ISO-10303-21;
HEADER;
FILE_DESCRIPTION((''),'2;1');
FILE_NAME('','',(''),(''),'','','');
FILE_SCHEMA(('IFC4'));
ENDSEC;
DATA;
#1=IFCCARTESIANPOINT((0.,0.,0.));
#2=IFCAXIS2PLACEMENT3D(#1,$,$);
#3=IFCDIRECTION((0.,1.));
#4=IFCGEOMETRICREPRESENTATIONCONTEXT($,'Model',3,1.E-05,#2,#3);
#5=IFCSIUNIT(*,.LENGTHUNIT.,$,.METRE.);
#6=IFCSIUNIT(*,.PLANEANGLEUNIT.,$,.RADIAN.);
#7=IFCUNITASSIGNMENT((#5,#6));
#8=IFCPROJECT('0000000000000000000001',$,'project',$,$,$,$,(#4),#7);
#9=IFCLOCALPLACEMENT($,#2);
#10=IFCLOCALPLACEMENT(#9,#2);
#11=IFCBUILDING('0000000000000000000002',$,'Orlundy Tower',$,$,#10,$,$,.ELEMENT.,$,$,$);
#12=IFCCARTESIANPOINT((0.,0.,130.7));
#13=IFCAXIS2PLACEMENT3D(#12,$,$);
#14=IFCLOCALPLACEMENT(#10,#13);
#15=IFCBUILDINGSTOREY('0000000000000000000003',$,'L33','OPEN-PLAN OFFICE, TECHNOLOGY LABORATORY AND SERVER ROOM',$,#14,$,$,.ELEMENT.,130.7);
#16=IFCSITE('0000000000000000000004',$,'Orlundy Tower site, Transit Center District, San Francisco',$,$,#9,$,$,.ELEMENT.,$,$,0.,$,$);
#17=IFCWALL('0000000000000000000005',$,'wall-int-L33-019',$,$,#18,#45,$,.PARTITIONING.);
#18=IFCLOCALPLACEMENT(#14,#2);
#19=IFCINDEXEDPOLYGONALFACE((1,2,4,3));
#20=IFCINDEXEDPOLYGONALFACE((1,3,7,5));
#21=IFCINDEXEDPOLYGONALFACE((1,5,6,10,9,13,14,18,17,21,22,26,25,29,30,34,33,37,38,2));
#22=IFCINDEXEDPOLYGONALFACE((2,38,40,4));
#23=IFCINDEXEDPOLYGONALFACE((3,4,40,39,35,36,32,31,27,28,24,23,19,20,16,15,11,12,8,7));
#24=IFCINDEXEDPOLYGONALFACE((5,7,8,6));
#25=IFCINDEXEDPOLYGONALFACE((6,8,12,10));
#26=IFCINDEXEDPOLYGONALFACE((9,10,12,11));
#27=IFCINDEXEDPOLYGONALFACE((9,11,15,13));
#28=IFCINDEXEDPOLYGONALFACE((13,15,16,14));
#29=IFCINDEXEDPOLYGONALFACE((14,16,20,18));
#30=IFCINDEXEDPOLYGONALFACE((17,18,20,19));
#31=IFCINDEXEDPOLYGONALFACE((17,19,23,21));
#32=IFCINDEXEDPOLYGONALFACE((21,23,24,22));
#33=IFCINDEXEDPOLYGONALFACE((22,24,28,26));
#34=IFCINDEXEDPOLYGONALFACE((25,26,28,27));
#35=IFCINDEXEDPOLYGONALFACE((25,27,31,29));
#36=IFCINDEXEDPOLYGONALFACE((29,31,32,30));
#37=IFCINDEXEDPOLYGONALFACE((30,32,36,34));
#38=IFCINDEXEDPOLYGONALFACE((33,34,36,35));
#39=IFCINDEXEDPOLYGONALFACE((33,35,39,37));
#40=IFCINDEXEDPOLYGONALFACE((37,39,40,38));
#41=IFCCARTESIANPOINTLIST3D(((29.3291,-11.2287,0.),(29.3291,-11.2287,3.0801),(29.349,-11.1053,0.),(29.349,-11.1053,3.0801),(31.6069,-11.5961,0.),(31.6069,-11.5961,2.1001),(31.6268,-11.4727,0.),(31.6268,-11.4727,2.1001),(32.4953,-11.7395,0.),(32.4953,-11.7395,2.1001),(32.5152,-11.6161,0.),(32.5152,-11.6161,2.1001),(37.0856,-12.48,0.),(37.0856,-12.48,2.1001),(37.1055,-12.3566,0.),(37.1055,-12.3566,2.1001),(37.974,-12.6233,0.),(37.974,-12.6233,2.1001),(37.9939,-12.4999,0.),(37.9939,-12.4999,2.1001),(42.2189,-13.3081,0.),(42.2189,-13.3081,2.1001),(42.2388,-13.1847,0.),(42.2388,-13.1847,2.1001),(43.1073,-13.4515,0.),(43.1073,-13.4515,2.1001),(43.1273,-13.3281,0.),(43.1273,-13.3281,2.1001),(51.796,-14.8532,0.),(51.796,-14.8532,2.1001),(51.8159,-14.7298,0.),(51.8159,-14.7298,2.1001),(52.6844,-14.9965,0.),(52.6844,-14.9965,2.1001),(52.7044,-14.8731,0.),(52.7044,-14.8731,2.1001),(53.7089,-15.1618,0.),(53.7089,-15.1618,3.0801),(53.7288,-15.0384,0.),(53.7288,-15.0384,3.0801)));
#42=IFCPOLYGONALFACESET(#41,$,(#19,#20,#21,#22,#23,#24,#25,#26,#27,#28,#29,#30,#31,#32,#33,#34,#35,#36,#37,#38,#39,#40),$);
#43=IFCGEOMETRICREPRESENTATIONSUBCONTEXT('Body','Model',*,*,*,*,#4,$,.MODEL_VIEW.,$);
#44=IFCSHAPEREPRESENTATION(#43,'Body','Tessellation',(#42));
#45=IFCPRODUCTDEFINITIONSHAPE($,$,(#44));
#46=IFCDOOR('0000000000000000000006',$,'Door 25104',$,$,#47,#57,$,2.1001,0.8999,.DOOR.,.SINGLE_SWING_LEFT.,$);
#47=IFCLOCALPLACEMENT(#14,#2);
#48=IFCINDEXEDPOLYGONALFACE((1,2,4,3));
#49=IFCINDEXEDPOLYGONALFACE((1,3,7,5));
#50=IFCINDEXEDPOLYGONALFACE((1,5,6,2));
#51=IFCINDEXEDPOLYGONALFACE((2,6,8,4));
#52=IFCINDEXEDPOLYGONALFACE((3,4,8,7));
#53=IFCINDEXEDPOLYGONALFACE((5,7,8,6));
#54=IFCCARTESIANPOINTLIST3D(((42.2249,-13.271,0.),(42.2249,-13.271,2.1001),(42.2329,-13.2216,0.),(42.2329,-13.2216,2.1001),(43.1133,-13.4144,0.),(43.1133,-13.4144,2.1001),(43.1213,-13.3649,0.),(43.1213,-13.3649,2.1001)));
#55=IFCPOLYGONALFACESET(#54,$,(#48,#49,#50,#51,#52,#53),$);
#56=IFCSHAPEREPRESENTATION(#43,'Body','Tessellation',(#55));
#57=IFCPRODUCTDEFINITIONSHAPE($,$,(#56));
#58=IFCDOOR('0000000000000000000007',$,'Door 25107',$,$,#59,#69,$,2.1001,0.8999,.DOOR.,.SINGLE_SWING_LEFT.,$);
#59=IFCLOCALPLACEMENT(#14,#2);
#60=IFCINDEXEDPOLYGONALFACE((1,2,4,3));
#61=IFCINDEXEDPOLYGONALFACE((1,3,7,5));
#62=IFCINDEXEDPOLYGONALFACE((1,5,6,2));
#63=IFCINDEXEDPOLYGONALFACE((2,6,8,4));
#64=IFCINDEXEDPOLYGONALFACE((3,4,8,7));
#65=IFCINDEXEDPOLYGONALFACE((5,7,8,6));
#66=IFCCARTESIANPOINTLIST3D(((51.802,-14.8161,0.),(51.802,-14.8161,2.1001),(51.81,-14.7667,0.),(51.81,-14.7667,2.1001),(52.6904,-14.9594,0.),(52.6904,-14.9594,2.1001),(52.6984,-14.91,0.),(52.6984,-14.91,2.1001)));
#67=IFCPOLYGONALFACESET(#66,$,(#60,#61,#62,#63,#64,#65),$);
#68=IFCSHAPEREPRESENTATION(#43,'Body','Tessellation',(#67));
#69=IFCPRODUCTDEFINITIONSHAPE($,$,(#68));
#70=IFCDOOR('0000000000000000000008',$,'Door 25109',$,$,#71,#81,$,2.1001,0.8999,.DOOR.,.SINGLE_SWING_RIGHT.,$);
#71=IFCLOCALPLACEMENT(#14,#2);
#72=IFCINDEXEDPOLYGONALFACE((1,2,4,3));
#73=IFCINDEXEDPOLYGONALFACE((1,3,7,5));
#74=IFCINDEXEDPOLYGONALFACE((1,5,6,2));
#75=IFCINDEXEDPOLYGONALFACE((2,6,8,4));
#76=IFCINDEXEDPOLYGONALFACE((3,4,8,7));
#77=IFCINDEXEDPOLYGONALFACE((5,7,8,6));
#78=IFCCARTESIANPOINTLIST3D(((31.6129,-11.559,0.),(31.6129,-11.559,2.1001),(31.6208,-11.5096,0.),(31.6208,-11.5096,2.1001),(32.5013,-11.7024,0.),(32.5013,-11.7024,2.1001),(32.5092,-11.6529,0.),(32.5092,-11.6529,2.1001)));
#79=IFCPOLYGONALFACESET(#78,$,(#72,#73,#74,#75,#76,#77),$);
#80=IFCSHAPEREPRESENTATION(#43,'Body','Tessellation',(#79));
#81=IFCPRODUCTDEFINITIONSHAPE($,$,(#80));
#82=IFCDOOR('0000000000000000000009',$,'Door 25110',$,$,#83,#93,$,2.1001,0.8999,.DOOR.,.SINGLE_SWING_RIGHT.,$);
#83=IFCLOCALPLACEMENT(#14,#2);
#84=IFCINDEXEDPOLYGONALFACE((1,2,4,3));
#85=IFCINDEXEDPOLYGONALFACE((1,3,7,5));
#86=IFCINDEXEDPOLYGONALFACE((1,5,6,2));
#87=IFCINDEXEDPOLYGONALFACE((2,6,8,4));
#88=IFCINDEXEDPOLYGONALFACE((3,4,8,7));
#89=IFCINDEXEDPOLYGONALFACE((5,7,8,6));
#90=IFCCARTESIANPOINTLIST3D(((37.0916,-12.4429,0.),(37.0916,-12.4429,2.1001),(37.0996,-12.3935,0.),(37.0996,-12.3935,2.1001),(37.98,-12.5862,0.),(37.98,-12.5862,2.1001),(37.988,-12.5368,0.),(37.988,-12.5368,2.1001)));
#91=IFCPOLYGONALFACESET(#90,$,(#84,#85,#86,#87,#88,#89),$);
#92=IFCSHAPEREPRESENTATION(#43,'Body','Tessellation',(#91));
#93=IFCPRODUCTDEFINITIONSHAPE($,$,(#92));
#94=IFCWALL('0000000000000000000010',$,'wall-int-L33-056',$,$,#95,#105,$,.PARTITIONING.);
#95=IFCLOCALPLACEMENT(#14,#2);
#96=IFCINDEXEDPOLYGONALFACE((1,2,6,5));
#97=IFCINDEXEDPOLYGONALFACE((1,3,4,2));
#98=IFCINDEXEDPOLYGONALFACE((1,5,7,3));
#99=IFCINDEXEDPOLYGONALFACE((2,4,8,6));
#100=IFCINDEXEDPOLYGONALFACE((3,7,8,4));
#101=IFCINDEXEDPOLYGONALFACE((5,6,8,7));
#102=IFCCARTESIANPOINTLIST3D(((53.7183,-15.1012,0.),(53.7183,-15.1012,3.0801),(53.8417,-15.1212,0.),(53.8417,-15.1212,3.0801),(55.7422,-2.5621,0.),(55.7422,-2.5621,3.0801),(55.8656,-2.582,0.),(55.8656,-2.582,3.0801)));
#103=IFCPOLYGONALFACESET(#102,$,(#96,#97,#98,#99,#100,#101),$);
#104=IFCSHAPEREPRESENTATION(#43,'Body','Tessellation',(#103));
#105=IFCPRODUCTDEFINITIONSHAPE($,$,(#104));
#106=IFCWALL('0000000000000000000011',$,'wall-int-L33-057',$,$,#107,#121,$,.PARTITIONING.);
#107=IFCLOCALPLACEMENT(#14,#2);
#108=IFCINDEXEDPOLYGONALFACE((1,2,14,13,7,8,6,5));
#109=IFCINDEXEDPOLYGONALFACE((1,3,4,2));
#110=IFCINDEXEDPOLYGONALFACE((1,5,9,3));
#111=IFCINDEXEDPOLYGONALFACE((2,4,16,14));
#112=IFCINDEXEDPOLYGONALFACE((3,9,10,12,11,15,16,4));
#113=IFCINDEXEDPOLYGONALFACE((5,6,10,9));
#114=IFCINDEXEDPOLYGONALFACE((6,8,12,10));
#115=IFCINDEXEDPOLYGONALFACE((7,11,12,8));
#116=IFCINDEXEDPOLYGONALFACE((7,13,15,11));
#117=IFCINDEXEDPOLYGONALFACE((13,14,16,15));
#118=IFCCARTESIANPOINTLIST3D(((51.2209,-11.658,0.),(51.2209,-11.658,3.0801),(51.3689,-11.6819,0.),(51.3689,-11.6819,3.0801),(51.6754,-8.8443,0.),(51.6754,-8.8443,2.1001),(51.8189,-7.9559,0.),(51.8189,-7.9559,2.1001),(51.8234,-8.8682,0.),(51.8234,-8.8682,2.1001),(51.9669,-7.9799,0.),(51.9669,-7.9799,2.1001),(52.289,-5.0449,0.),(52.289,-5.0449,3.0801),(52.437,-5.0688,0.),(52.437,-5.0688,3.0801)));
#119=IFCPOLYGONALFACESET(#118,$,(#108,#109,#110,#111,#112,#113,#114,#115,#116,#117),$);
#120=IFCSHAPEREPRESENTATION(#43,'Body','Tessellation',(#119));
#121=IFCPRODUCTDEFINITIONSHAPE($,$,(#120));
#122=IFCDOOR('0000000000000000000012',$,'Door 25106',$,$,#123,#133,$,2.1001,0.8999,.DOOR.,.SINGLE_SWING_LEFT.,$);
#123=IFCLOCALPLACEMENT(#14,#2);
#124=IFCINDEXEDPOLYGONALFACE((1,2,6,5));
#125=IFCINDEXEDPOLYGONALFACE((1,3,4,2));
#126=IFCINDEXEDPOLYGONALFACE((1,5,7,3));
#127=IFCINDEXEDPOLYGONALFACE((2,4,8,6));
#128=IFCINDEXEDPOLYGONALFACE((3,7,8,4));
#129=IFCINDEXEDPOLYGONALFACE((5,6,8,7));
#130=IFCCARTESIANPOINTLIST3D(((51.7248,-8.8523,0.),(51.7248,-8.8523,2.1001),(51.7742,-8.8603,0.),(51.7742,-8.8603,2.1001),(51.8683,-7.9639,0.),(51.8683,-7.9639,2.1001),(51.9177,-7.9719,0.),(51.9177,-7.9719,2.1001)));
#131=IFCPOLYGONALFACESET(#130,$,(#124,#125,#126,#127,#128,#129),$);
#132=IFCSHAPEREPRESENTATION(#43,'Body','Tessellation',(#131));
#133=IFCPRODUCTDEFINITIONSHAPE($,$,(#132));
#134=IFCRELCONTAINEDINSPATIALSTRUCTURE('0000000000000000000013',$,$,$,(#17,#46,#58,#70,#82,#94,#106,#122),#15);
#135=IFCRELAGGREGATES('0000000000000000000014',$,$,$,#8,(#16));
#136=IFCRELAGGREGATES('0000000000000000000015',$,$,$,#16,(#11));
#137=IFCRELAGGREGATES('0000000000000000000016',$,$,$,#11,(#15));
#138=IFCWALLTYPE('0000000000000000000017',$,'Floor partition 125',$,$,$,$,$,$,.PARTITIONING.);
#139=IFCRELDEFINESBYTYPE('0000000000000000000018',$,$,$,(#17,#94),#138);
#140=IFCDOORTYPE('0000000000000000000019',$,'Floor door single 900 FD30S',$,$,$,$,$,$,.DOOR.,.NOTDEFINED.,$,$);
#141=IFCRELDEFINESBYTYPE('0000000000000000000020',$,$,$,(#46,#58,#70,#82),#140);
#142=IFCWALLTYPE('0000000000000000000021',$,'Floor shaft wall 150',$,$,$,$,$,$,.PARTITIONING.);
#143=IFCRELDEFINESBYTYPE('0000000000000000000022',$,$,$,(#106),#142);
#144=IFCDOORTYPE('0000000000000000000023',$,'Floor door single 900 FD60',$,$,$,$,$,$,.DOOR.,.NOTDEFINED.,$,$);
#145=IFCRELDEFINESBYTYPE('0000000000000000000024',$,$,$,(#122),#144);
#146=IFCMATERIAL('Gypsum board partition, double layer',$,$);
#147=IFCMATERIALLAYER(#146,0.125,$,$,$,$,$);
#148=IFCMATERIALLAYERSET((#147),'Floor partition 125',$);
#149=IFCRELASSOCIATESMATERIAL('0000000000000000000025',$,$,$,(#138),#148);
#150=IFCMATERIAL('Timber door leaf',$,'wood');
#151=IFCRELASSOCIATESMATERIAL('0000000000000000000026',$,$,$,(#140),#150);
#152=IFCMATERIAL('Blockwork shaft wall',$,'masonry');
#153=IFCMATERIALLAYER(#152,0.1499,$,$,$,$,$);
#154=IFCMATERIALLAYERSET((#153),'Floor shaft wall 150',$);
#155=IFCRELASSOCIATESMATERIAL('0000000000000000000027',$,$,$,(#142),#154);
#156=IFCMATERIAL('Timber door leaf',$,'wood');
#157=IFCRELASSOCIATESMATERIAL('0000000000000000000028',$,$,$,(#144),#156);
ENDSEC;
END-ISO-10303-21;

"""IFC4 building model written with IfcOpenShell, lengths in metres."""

from ifc_helpers import new_model, si_unit, direction, frame, frame_2d, origin, place, context, subcontext, project, spatial, rectangle, extrude, material, layer, layer_set, type_object, element, fill, save


model = new_model("IFC4")

# Units and contexts
model_context = context("Model", 3, precision=1e-05, world=origin(), true_north=direction((0.0, 1.0)))
body_context = subcontext(model_context, "Body", "Model", "MODEL_VIEW")
ifc_project = project(units=[si_unit("LENGTHUNIT", "METRE"), si_unit("PLANEANGLEUNIT", "RADIAN")], contexts=[model_context])

# Site, building, storey
site_placement = place(None, origin())
site = spatial("IfcSite", under=ifc_project, at=site_placement, Name="Orlundy Tower site, Transit Center District, San Francisco", CompositionType="ELEMENT", RefElevation=0.0)
building_placement = place(site_placement, origin())
building = spatial("IfcBuilding", under=site, at=building_placement, Name="Orlundy Tower", CompositionType="ELEMENT")
storey_placement = place(building_placement, frame((0.0, 0.0, 130.7)))
storey = spatial("IfcBuildingStorey", under=building, at=storey_placement, Name="L33", Description="OPEN-PLAN OFFICE, TECHNOLOGY LABORATORY AND SERVER ROOM", CompositionType="ELEMENT", Elevation=130.7)

# Wall, openings, doors
ifc_material_1 = material(Name="Gypsum board partition, double layer")
ifc_layer_1 = layer(ifc_material_1, 0.125)
ifc_layer_set_1 = layer_set([ifc_layer_1], Name="Floor partition 125")
wall_type_1 = type_object("IfcWallType", Name="Floor partition 125", PredefinedType="PARTITIONING", material=ifc_layer_set_1)
wall_1_placement = place(storey_placement, frame((53.719, -15.1001, 0.0), z_axis=(0.0, 0.0, 1.0), x_axis=(-0.987236, 0.159267, 0.0)))
wall_1 = element("IfcWall", 1, at=wall_1_placement, inside=storey, type_object=wall_type_1, Name="wall-int-L33-019", PredefinedType="PARTITIONING", context=body_context, shape_type="SweptSolid", body=[
    extrude(rectangle(XDim=24.6951, YDim=0.125, at=frame_2d((12.3477, 0.0))), origin(), (0.0, 0.0, 1.0), 3.0801),
])
opening_1_placement = place(wall_1_placement, frame((10.7388, 0.0, 0.0)))
opening_1 = element("IfcOpeningElement", 2, at=opening_1_placement, cuts=wall_1, PredefinedType="OPENING", context=body_context, shape_type="SweptSolid", body=[
    extrude(rectangle(XDim=0.8999, YDim=2.1001, at=frame_2d((0.45, 1.05))), frame((0.0, 0.0725, 0.0), z_axis=(0.0, -1.0, 0.0), x_axis=(1.0, 0.0, 0.0)), (0.0, 0.0, 1.0), 0.145),
])
opening_2_placement = place(wall_1_placement, frame((1.0378, 0.0, 0.0)))
opening_2 = element("IfcOpeningElement", 3, at=opening_2_placement, cuts=wall_1, PredefinedType="OPENING", context=body_context, shape_type="SweptSolid", body=[
    extrude(rectangle(XDim=0.8999, YDim=2.1001, at=frame_2d((0.45, 1.05))), frame((0.0, 0.0725, 0.0), z_axis=(0.0, -1.0, 0.0), x_axis=(1.0, 0.0, 0.0)), (0.0, 0.0, 1.0), 0.145),
])
opening_3_placement = place(wall_1_placement, frame((21.488, 0.0, 0.0)))
opening_3 = element("IfcOpeningElement", 4, at=opening_3_placement, cuts=wall_1, PredefinedType="OPENING", context=body_context, shape_type="SweptSolid", body=[
    extrude(rectangle(XDim=0.8999, YDim=2.1001, at=frame_2d((0.45, 1.05))), frame((0.0, 0.0725, 0.0), z_axis=(0.0, -1.0, 0.0), x_axis=(1.0, 0.0, 0.0)), (0.0, 0.0, 1.0), 0.145),
])
opening_4_placement = place(wall_1_placement, frame((15.9385, 0.0, 0.0)))
opening_4 = element("IfcOpeningElement", 5, at=opening_4_placement, cuts=wall_1, PredefinedType="OPENING", context=body_context, shape_type="SweptSolid", body=[
    extrude(rectangle(XDim=0.8999, YDim=2.1001, at=frame_2d((0.45, 1.05))), frame((0.0, 0.0725, 0.0), z_axis=(0.0, -1.0, 0.0), x_axis=(1.0, 0.0, 0.0)), (0.0, 0.0, 1.0), 0.145),
])
ifc_material_2 = material(Name="Timber door leaf", Category="wood")
door_type_1 = type_object("IfcDoorType", Name="Floor door single 900 FD30S", OperationType="NOTDEFINED", PredefinedType="DOOR", material=ifc_material_2)
door_1_placement = place(opening_1_placement, origin())
door_1 = element("IfcDoor", 6, at=door_1_placement, inside=storey, type_object=door_type_1, Name="Door 25104", OperationType="SINGLE_SWING_LEFT", OverallHeight=2.1001, OverallWidth=0.8999, PredefinedType="DOOR", context=body_context, shape_type="SweptSolid", body=[
    extrude(rectangle(XDim=0.8999, YDim=2.1001, at=frame_2d((0.45, 1.05))), frame((0.0, 0.0249, 0.0), z_axis=(0.0, -1.0, 0.0), x_axis=(1.0, 0.0, 0.0)), (0.0, 0.0, 1.0), 0.05),
])
fill(opening_1, door_1)
door_2_placement = place(opening_2_placement, origin())
door_2 = element("IfcDoor", 7, at=door_2_placement, inside=storey, type_object=door_type_1, Name="Door 25107", OperationType="SINGLE_SWING_LEFT", OverallHeight=2.1001, OverallWidth=0.8999, PredefinedType="DOOR", context=body_context, shape_type="SweptSolid", body=[
    extrude(rectangle(XDim=0.8999, YDim=2.1001, at=frame_2d((0.45, 1.05))), frame((0.0, 0.0249, 0.0), z_axis=(0.0, -1.0, 0.0), x_axis=(1.0, 0.0, 0.0)), (0.0, 0.0, 1.0), 0.05),
])
fill(opening_2, door_2)
door_3_placement = place(opening_3_placement, origin())
door_3 = element("IfcDoor", 8, at=door_3_placement, inside=storey, type_object=door_type_1, Name="Door 25109", OperationType="SINGLE_SWING_RIGHT", OverallHeight=2.1001, OverallWidth=0.8999, PredefinedType="DOOR", context=body_context, shape_type="SweptSolid", body=[
    extrude(rectangle(XDim=0.8999, YDim=2.1001, at=frame_2d((0.45, 1.05))), frame((0.0, 0.0249, 0.0), z_axis=(0.0, -1.0, 0.0), x_axis=(1.0, 0.0, 0.0)), (0.0, 0.0, 1.0), 0.05),
])
fill(opening_3, door_3)
door_4_placement = place(opening_4_placement, origin())
door_4 = element("IfcDoor", 9, at=door_4_placement, inside=storey, type_object=door_type_1, Name="Door 25110", OperationType="SINGLE_SWING_RIGHT", OverallHeight=2.1001, OverallWidth=0.8999, PredefinedType="DOOR", context=body_context, shape_type="SweptSolid", body=[
    extrude(rectangle(XDim=0.8999, YDim=2.1001, at=frame_2d((0.45, 1.05))), frame((0.0, 0.0249, 0.0), z_axis=(0.0, -1.0, 0.0), x_axis=(1.0, 0.0, 0.0)), (0.0, 0.0, 1.0), 0.05),
])
fill(opening_4, door_4)

# Wall
wall_2_placement = place(storey_placement, frame((53.78, -15.1111, 0.0), z_axis=(0.0, 0.0, 1.0), x_axis=(0.159347, 0.987223, 0.0)))
element("IfcWall", 10, at=wall_2_placement, inside=storey, type_object=wall_type_1, Name="wall-int-L33-056", PredefinedType="PARTITIONING", context=body_context, shape_type="SweptSolid", body=[
    extrude(rectangle(XDim=12.7014, YDim=0.125, at=frame_2d((6.3506, 0.0))), origin(), (0.0, 0.0, 1.0), 3.0801),
])

# Wall, opening, door
ifc_material_3 = material(Name="Blockwork shaft wall", Category="masonry")
ifc_layer_2 = layer(ifc_material_3, 0.1499)
ifc_layer_set_2 = layer_set([ifc_layer_2], Name="Floor shaft wall 150")
wall_type_2 = type_object("IfcWallType", Name="Floor shaft wall 150", PredefinedType="PARTITIONING", material=ifc_layer_set_2)
wall_3_placement = place(storey_placement, frame((51.2949, -11.6699, 0.0), z_axis=(0.0, 0.0, 1.0), x_axis=(0.15945, 0.987206, 0.0)))
wall_3 = element("IfcWall", 11, at=wall_3_placement, inside=storey, type_object=wall_type_2, Name="wall-int-L33-057", PredefinedType="PARTITIONING", context=body_context, shape_type="SweptSolid", body=[
    extrude(rectangle(XDim=6.6987, YDim=0.1499, at=frame_2d((3.3494, 0.0))), origin(), (0.0, 0.0, 1.0), 3.0801),
])
opening_5_placement = place(wall_3_placement, frame((2.8501, 0.0, 0.0)))
opening_5 = element("IfcOpeningElement", 12, at=opening_5_placement, cuts=wall_3, PredefinedType="OPENING", context=body_context, shape_type="SweptSolid", body=[
    extrude(rectangle(XDim=0.8999, YDim=2.1001, at=frame_2d((0.45, 1.05))), frame((0.0, 0.085, 0.0), z_axis=(0.0, -1.0, 0.0), x_axis=(1.0, 0.0, 0.0)), (0.0, 0.0, 1.0), 0.1699),
])
ifc_material_4 = material(Name="Timber door leaf", Category="wood")
door_type_2 = type_object("IfcDoorType", Name="Floor door single 900 FD60", OperationType="NOTDEFINED", PredefinedType="DOOR", material=ifc_material_4)
door_5_placement = place(opening_5_placement, origin())
door_5 = element("IfcDoor", 13, at=door_5_placement, inside=storey, type_object=door_type_2, Name="Door 25106", OperationType="SINGLE_SWING_LEFT", OverallHeight=2.1001, OverallWidth=0.8999, PredefinedType="DOOR", context=body_context, shape_type="SweptSolid", body=[
    extrude(rectangle(XDim=0.8999, YDim=2.1001, at=frame_2d((0.45, 1.05))), frame((0.0, 0.0249, 0.0), z_axis=(0.0, -1.0, 0.0), x_axis=(1.0, 0.0, 0.0)), (0.0, 0.0, 1.0), 0.05),
])
fill(opening_5, door_5)

save(model, "model.ifc")
